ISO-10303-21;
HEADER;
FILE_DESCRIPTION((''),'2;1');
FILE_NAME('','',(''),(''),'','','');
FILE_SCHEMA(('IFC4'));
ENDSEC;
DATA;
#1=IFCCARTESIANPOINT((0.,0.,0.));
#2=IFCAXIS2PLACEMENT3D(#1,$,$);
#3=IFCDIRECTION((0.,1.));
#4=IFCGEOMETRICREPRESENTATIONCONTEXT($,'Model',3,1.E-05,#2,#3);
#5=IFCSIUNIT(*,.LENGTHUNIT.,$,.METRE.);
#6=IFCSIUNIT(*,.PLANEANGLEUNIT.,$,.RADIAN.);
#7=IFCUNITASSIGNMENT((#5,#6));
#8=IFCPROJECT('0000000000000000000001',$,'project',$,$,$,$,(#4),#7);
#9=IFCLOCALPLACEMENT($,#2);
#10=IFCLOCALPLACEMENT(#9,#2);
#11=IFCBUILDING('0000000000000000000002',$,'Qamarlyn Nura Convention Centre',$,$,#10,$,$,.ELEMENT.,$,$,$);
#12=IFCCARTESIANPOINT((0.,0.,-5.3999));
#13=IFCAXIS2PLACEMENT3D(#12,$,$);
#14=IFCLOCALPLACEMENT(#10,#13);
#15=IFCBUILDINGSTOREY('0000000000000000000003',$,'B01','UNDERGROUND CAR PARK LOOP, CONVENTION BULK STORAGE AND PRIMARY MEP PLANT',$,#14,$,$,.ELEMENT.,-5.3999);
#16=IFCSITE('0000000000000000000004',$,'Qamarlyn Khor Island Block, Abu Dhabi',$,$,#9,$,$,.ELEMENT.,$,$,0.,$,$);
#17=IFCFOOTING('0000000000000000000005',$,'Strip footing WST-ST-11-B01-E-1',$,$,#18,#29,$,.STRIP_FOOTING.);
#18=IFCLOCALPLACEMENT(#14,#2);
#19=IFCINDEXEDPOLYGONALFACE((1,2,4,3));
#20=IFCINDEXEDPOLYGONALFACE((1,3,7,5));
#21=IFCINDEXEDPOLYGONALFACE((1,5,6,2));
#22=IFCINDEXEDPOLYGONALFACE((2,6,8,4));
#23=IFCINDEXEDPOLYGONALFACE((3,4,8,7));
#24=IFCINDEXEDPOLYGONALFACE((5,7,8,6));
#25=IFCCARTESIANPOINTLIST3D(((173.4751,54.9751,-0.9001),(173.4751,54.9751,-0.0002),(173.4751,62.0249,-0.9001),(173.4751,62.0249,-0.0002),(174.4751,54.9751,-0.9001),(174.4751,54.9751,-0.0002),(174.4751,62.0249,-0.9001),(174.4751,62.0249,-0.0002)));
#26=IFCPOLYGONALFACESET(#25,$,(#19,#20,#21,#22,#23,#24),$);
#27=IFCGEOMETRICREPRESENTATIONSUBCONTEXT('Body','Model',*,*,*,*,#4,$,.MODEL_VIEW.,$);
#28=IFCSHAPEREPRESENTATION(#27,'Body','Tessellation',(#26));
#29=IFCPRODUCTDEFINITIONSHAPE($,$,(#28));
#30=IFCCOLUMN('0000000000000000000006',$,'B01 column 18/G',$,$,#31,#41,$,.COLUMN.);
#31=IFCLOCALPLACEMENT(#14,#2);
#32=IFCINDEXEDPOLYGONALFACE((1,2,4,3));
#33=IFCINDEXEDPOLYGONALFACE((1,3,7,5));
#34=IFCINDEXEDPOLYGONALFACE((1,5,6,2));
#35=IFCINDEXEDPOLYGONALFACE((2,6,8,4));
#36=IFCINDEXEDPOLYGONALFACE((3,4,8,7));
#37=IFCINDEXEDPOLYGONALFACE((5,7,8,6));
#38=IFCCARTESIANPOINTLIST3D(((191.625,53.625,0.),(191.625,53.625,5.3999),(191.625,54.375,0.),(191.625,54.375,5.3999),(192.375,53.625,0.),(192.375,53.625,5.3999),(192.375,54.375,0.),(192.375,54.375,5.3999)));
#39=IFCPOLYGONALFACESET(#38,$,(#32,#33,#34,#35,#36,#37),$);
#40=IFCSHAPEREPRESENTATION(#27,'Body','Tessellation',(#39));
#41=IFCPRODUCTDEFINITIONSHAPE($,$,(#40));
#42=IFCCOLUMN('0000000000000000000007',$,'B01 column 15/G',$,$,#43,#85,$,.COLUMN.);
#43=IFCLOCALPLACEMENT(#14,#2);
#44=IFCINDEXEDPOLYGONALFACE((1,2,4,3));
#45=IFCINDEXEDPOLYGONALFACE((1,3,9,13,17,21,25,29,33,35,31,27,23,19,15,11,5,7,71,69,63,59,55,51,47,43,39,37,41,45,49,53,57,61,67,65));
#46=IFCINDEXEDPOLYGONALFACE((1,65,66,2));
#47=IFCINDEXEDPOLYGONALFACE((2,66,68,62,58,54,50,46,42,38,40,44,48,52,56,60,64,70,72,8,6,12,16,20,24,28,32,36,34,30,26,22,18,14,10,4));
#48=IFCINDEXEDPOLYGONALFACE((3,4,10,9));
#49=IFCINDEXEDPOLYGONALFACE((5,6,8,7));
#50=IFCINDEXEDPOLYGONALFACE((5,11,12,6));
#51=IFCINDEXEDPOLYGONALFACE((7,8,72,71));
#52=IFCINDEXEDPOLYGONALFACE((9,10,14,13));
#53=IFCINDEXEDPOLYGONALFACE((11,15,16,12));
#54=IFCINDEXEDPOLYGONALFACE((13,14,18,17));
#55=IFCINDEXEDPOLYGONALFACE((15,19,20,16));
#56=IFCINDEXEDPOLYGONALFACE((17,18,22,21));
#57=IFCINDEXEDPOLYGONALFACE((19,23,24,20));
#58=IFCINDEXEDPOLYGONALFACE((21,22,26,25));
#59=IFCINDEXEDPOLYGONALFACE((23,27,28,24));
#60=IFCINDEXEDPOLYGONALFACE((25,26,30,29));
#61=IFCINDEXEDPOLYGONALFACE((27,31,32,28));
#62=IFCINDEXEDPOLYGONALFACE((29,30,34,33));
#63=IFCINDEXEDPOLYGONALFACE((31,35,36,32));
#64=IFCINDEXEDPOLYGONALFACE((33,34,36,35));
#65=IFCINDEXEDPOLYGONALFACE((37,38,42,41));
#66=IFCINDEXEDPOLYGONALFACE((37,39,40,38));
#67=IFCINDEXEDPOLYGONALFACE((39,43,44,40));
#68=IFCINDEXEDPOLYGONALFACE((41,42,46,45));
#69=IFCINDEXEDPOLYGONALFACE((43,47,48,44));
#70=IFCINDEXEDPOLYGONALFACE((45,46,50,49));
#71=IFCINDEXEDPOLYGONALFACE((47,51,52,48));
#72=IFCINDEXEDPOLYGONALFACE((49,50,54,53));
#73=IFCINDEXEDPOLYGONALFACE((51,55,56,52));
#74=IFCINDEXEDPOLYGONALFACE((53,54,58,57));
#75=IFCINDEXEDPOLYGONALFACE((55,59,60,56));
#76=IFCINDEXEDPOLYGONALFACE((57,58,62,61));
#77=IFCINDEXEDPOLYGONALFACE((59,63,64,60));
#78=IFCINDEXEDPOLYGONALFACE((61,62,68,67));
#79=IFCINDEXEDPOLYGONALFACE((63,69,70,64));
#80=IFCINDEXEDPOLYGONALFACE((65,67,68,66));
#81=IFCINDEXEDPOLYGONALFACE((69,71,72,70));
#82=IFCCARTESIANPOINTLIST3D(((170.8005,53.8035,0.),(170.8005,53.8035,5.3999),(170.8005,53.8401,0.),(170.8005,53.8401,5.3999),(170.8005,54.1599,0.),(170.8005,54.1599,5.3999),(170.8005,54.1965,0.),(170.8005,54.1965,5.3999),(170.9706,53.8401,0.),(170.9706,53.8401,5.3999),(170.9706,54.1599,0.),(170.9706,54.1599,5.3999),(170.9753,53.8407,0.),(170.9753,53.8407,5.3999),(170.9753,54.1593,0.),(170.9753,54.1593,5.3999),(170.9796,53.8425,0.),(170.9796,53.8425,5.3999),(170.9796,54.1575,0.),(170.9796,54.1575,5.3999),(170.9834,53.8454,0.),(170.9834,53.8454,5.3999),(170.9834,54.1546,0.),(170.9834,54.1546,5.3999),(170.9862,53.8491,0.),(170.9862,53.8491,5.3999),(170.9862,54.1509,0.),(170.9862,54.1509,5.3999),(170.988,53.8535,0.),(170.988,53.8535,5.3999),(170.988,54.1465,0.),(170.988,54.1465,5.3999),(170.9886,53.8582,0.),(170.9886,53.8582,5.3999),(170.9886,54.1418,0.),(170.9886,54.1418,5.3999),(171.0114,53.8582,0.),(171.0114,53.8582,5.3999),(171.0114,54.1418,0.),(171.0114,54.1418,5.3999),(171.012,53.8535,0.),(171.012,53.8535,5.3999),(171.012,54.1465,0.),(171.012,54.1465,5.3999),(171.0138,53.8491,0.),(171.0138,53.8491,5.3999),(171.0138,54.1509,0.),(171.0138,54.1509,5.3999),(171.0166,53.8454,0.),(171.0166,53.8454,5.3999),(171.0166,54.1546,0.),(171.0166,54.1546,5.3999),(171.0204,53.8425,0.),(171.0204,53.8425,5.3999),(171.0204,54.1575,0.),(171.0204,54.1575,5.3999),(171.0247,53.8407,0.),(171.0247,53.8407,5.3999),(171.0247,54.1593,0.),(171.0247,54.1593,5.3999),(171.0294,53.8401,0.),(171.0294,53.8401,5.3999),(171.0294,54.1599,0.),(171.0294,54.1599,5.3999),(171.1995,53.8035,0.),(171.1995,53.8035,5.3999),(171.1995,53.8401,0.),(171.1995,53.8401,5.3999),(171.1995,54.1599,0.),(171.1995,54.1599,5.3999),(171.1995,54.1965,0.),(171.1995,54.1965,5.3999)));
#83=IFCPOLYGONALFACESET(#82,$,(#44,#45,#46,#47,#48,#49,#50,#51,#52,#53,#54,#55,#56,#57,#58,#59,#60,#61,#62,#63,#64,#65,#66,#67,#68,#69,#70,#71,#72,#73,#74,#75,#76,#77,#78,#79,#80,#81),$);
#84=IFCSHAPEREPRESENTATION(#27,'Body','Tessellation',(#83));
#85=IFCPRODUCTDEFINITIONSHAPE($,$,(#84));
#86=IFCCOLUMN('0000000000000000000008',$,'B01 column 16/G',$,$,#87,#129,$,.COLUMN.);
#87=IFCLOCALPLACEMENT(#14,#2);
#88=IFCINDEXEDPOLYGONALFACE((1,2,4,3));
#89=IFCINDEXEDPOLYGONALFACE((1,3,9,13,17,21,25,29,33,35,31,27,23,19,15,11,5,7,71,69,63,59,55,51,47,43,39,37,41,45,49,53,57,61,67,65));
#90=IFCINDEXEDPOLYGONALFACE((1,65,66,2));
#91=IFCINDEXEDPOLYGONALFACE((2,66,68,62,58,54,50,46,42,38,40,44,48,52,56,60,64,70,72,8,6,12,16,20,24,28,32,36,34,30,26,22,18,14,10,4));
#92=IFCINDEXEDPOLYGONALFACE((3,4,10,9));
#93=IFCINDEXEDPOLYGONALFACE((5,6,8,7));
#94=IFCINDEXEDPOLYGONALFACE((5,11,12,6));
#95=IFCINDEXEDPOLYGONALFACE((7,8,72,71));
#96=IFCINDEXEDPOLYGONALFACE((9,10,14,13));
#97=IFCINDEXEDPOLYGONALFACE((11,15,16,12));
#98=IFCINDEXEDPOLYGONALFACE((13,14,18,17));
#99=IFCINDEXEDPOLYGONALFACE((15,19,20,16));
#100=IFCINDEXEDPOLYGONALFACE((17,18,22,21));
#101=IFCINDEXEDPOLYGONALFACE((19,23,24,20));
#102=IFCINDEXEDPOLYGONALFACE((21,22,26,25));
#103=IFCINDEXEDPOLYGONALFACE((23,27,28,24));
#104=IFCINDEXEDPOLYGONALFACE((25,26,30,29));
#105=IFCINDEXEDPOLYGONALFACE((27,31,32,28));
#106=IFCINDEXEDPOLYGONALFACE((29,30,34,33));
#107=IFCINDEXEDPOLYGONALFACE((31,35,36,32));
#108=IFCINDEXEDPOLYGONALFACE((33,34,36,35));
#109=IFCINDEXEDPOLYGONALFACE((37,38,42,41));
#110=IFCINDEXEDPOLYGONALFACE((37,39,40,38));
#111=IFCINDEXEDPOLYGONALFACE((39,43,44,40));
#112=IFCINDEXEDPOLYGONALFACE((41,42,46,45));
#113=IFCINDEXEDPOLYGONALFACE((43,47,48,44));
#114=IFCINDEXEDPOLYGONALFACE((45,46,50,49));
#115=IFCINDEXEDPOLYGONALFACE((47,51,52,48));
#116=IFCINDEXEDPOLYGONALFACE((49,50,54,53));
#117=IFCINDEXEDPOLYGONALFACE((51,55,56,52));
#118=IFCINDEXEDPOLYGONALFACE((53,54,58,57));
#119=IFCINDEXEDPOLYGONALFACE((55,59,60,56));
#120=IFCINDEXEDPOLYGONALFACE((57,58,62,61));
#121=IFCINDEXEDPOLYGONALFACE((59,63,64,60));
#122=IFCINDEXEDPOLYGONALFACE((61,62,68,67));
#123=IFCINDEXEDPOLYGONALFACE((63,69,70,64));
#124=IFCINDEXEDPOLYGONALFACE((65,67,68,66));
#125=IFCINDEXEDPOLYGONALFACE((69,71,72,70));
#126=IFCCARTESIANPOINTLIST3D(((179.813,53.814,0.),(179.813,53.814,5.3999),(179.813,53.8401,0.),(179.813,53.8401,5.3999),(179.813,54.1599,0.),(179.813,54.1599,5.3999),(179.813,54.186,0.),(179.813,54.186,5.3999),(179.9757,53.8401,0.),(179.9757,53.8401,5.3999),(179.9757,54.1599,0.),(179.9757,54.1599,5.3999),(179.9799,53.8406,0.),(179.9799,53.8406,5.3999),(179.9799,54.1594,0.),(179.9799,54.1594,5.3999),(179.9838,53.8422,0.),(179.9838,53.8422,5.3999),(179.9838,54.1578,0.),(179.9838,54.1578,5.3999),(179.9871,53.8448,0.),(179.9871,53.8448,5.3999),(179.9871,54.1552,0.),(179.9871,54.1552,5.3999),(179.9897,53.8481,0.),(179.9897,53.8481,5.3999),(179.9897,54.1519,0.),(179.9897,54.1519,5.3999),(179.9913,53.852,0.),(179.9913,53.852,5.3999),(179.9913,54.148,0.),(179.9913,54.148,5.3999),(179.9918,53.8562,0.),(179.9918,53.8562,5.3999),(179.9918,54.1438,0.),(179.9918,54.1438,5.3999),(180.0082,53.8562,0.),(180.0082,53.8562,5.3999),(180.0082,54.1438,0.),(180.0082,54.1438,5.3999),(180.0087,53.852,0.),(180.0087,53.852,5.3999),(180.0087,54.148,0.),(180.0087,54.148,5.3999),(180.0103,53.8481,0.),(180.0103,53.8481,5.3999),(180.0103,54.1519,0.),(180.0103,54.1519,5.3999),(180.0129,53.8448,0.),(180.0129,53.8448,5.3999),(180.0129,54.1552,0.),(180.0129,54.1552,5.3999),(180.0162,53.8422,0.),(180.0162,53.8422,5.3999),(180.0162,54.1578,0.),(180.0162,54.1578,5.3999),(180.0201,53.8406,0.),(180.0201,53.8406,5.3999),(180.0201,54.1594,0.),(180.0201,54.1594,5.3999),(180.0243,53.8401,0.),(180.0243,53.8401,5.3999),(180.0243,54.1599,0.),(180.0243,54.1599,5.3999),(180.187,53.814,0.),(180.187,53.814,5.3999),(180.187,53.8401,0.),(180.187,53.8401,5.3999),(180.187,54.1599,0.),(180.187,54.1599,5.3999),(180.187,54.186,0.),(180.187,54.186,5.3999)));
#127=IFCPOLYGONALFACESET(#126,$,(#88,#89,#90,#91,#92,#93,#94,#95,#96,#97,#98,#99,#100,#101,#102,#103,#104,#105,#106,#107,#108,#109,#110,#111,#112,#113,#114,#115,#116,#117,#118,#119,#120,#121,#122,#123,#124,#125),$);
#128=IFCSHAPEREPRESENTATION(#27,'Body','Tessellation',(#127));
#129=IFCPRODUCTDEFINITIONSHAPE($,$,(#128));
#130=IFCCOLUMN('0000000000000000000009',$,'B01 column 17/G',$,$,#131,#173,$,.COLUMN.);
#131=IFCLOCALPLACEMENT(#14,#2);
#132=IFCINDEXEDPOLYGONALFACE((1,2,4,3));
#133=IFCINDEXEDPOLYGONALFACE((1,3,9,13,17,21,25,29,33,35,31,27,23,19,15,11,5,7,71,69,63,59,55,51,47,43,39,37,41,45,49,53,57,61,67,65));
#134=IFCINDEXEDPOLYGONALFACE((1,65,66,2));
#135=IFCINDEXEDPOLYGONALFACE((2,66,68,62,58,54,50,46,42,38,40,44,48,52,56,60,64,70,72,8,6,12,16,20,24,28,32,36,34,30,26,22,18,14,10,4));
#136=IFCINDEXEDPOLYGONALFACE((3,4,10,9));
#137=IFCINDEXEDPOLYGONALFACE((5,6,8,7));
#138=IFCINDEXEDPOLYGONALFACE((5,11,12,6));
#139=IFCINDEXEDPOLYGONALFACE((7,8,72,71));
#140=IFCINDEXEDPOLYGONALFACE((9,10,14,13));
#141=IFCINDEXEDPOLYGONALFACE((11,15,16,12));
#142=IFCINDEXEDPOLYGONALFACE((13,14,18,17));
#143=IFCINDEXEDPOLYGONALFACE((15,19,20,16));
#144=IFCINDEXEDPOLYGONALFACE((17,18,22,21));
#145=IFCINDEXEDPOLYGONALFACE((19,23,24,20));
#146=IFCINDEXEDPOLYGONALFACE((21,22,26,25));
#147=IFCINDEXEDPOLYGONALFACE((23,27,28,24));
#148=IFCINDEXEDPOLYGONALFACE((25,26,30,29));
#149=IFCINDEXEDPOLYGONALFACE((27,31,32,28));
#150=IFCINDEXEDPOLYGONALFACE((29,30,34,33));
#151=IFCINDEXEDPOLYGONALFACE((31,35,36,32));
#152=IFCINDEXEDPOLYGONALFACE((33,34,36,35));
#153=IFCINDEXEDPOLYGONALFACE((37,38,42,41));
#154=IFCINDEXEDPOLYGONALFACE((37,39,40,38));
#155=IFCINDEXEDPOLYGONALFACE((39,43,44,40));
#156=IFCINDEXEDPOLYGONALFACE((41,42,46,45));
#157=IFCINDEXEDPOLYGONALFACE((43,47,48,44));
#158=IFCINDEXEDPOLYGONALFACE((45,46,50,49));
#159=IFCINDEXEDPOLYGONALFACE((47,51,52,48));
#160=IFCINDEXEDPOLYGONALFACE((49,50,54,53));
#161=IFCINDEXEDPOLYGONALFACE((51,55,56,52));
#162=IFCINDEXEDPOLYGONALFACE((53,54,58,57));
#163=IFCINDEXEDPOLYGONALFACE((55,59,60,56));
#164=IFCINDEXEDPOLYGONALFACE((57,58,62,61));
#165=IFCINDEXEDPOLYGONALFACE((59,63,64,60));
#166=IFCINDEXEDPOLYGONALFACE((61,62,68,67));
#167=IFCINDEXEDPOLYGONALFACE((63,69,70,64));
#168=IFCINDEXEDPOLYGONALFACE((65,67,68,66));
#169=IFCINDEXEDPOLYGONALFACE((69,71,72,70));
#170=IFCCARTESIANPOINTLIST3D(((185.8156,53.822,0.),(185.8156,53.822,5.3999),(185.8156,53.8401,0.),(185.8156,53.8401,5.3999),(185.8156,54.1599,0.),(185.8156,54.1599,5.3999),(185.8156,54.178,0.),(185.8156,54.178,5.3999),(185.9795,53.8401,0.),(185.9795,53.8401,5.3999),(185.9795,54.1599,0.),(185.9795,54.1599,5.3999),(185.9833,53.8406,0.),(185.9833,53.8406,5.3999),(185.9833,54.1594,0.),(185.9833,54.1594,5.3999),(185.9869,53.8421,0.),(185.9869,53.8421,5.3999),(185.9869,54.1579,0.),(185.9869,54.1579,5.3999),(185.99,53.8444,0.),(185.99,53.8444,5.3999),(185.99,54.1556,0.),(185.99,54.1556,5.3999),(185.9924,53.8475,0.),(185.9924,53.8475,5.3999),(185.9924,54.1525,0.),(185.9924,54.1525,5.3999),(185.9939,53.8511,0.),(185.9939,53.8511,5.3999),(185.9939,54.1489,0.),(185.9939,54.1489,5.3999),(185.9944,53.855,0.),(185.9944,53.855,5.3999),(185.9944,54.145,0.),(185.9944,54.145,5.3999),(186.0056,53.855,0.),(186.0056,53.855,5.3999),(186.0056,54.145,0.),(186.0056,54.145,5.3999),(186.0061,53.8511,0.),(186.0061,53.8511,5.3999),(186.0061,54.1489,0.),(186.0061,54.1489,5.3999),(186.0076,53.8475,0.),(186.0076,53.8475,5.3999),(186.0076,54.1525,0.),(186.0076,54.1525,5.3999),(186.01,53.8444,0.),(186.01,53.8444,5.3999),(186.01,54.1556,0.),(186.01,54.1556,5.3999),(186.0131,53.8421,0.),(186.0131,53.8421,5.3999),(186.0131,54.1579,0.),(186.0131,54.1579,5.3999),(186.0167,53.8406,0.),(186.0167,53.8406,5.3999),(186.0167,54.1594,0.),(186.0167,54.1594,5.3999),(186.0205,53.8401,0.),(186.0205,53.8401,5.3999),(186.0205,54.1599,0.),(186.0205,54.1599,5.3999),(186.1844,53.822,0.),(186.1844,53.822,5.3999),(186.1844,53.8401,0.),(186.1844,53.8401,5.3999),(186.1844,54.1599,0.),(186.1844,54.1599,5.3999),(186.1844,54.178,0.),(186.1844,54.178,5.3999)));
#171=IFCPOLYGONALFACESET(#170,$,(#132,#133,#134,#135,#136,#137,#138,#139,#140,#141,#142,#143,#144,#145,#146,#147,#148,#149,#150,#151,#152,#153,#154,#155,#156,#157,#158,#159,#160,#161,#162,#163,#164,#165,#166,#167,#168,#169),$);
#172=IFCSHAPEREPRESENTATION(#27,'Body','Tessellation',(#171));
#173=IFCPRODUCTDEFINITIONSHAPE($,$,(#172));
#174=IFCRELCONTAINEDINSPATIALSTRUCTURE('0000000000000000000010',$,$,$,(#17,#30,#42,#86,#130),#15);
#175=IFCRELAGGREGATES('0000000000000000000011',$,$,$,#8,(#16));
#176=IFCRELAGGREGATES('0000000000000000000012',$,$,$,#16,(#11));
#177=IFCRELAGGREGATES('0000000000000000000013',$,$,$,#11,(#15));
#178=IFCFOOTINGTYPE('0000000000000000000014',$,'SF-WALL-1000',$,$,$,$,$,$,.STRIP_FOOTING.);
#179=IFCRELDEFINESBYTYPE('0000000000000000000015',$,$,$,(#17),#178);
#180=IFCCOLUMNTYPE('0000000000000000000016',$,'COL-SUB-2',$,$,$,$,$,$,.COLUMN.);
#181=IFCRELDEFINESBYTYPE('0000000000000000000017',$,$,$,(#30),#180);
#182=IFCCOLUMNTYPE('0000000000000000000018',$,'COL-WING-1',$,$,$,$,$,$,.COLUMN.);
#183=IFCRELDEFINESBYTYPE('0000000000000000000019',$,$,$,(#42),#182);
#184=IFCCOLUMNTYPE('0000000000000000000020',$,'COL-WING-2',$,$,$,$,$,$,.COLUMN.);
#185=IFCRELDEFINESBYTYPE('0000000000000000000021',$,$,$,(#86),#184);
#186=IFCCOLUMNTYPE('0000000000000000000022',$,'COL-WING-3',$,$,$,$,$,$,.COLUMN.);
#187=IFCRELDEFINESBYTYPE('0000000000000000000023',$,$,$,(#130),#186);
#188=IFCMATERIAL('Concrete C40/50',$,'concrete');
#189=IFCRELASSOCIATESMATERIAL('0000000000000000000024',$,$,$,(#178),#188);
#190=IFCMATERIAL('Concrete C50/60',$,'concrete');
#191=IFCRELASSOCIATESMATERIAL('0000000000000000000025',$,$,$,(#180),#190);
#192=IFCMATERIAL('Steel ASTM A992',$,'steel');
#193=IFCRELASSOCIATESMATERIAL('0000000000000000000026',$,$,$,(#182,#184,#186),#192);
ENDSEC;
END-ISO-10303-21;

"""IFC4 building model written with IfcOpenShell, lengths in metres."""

from ifc_helpers import new_model, si_unit, direction, frame, origin, origin_2d, place, context, subcontext, project, spatial, rectangle, i_section, extrude, material, material_profile, profile_set, type_object, element, save


model = new_model("IFC4")

# Units and contexts
model_context = context("Model", 3, precision=1e-05, world=origin(), true_north=direction((0.0, 1.0)))
body_context = subcontext(model_context, "Body", "Model", "MODEL_VIEW")
ifc_project = project(units=[si_unit("LENGTHUNIT", "METRE"), si_unit("PLANEANGLEUNIT", "RADIAN")], contexts=[model_context])

# Site, building, storey
site_placement = place(None, origin())
site = spatial("IfcSite", under=ifc_project, at=site_placement, Name="Qamarlyn Khor Island Block, Abu Dhabi", CompositionType="ELEMENT", RefElevation=0.0)
building_placement = place(site_placement, origin())
building = spatial("IfcBuilding", under=site, at=building_placement, Name="Qamarlyn Nura Convention Centre", CompositionType="ELEMENT")
storey_placement = place(building_placement, frame((0.0, 0.0, -5.3999)))
storey = spatial("IfcBuildingStorey", under=building, at=storey_placement, Name="B01", Description="UNDERGROUND CAR PARK LOOP, CONVENTION BULK STORAGE AND PRIMARY MEP PLANT", CompositionType="ELEMENT", Elevation=-5.3999)

# Shared definitions
ifc_material_1 = material(Name="Concrete C40/50", Category="concrete")

# Footing
ifc_material_profile_1 = material_profile(ifc_material_1, rectangle(XDim=1.0, YDim=0.8999, at=origin_2d()), Name="RC STRIP 1000x900")
ifc_profile_set_1 = profile_set([ifc_material_profile_1], Name="Concrete C40/50")
footing_type_1 = type_object("IfcFootingType", Name="SF-WALL-1000", PredefinedType="STRIP_FOOTING", material=ifc_profile_set_1)
footing_1_placement = place(storey_placement, frame((173.9751, 54.9751, -0.4502), z_axis=(0.0, 1.0, 0.0), x_axis=(-1.0, 0.0, 0.0)))
element("IfcFooting", 1, at=footing_1_placement, inside=storey, type_object=footing_type_1, Name="Strip footing WST-ST-11-B01-E-1", PredefinedType="STRIP_FOOTING", context=body_context, shape_type="SweptSolid", body=[
    extrude(rectangle(XDim=1.0, YDim=0.8999, at=origin_2d()), origin(), (0.0, 0.0, 1.0), 7.0498),
])

# Columns
ifc_material_2 = material(Name="Concrete C50/60", Category="concrete")
ifc_material_profile_2 = material_profile(ifc_material_2, rectangle(XDim=0.75, YDim=0.75, at=origin_2d()), Name="RC 750x750")
ifc_profile_set_2 = profile_set([ifc_material_profile_2], Name="Concrete C50/60")
column_type_1 = type_object("IfcColumnType", Name="COL-SUB-2", PredefinedType="COLUMN", material=ifc_profile_set_2)
column_1_placement = place(storey_placement, frame((192.0, 54.0, 0.0), z_axis=(0.0, 0.0, 1.0), x_axis=(1.0, 0.0, 0.0)))
element("IfcColumn", 2, at=column_1_placement, inside=storey, type_object=column_type_1, Name="B01 column 18/G", PredefinedType="COLUMN", context=body_context, shape_type="SweptSolid", body=[
    extrude(rectangle(XDim=0.75, YDim=0.75, at=origin_2d()), origin(), (0.0, 0.0, 1.0), 5.3999),
])
ifc_material_3 = material(Name="Steel ASTM A992", Category="steel")
ifc_material_profile_3 = material_profile(ifc_material_3, i_section(OverallWidth=0.3989, OverallDepth=0.3931, WebThickness=0.0227, FlangeThickness=0.0366, FilletRadius=0.0181, at=origin_2d()), Name="W360X287")
ifc_profile_set_3 = profile_set([ifc_material_profile_3], Name="Steel ASTM A992")
column_type_2 = type_object("IfcColumnType", Name="COL-WING-1", PredefinedType="COLUMN", material=ifc_profile_set_3)
column_2_placement = place(storey_placement, frame((171.0, 54.0, 0.0), z_axis=(0.0, 0.0, 1.0), x_axis=(1.0, 0.0, 0.0)))
element("IfcColumn", 3, at=column_2_placement, inside=storey, type_object=column_type_2, Name="B01 column 15/G", PredefinedType="COLUMN", context=body_context, shape_type="SweptSolid", body=[
    extrude(i_section(OverallWidth=0.3989, OverallDepth=0.3931, WebThickness=0.0227, FlangeThickness=0.0366, FilletRadius=0.0181, at=origin_2d()), origin(), (0.0, 0.0, 1.0), 5.3999),
])
ifc_material_profile_4 = material_profile(ifc_material_3, i_section(OverallWidth=0.374, OverallDepth=0.3721, WebThickness=0.0164, FlangeThickness=0.0261, FilletRadius=0.0161, at=origin_2d()), Name="W360X196")
ifc_profile_set_4 = profile_set([ifc_material_profile_4], Name="Steel ASTM A992")
column_type_3 = type_object("IfcColumnType", Name="COL-WING-2", PredefinedType="COLUMN", material=ifc_profile_set_4)
column_3_placement = place(storey_placement, frame((180.0, 54.0, 0.0), z_axis=(0.0, 0.0, 1.0), x_axis=(1.0, 0.0, 0.0)))
element("IfcColumn", 4, at=column_3_placement, inside=storey, type_object=column_type_3, Name="B01 column 16/G", PredefinedType="COLUMN", context=body_context, shape_type="SweptSolid", body=[
    extrude(i_section(OverallWidth=0.374, OverallDepth=0.3721, WebThickness=0.0164, FlangeThickness=0.0261, FilletRadius=0.0161, at=origin_2d()), origin(), (0.0, 0.0, 1.0), 5.3999),
])
ifc_material_profile_5 = material_profile(ifc_material_3, i_section(OverallWidth=0.3689, OverallDepth=0.356, WebThickness=0.0112, FlangeThickness=0.0181, FilletRadius=0.0149, at=origin_2d()), Name="W360X134")
ifc_profile_set_5 = profile_set([ifc_material_profile_5], Name="Steel ASTM A992")
column_type_4 = type_object("IfcColumnType", Name="COL-WING-3", PredefinedType="COLUMN", material=ifc_profile_set_5)
column_4_placement = place(storey_placement, frame((186.0, 54.0, 0.0), z_axis=(0.0, 0.0, 1.0), x_axis=(1.0, 0.0, 0.0)))
element("IfcColumn", 5, at=column_4_placement, inside=storey, type_object=column_type_4, Name="B01 column 17/G", PredefinedType="COLUMN", context=body_context, shape_type="SweptSolid", body=[
    extrude(i_section(OverallWidth=0.3689, OverallDepth=0.356, WebThickness=0.0112, FlangeThickness=0.0181, FilletRadius=0.0149, at=origin_2d()), origin(), (0.0, 0.0, 1.0), 5.3999),
])

save(model, "model.ifc")
